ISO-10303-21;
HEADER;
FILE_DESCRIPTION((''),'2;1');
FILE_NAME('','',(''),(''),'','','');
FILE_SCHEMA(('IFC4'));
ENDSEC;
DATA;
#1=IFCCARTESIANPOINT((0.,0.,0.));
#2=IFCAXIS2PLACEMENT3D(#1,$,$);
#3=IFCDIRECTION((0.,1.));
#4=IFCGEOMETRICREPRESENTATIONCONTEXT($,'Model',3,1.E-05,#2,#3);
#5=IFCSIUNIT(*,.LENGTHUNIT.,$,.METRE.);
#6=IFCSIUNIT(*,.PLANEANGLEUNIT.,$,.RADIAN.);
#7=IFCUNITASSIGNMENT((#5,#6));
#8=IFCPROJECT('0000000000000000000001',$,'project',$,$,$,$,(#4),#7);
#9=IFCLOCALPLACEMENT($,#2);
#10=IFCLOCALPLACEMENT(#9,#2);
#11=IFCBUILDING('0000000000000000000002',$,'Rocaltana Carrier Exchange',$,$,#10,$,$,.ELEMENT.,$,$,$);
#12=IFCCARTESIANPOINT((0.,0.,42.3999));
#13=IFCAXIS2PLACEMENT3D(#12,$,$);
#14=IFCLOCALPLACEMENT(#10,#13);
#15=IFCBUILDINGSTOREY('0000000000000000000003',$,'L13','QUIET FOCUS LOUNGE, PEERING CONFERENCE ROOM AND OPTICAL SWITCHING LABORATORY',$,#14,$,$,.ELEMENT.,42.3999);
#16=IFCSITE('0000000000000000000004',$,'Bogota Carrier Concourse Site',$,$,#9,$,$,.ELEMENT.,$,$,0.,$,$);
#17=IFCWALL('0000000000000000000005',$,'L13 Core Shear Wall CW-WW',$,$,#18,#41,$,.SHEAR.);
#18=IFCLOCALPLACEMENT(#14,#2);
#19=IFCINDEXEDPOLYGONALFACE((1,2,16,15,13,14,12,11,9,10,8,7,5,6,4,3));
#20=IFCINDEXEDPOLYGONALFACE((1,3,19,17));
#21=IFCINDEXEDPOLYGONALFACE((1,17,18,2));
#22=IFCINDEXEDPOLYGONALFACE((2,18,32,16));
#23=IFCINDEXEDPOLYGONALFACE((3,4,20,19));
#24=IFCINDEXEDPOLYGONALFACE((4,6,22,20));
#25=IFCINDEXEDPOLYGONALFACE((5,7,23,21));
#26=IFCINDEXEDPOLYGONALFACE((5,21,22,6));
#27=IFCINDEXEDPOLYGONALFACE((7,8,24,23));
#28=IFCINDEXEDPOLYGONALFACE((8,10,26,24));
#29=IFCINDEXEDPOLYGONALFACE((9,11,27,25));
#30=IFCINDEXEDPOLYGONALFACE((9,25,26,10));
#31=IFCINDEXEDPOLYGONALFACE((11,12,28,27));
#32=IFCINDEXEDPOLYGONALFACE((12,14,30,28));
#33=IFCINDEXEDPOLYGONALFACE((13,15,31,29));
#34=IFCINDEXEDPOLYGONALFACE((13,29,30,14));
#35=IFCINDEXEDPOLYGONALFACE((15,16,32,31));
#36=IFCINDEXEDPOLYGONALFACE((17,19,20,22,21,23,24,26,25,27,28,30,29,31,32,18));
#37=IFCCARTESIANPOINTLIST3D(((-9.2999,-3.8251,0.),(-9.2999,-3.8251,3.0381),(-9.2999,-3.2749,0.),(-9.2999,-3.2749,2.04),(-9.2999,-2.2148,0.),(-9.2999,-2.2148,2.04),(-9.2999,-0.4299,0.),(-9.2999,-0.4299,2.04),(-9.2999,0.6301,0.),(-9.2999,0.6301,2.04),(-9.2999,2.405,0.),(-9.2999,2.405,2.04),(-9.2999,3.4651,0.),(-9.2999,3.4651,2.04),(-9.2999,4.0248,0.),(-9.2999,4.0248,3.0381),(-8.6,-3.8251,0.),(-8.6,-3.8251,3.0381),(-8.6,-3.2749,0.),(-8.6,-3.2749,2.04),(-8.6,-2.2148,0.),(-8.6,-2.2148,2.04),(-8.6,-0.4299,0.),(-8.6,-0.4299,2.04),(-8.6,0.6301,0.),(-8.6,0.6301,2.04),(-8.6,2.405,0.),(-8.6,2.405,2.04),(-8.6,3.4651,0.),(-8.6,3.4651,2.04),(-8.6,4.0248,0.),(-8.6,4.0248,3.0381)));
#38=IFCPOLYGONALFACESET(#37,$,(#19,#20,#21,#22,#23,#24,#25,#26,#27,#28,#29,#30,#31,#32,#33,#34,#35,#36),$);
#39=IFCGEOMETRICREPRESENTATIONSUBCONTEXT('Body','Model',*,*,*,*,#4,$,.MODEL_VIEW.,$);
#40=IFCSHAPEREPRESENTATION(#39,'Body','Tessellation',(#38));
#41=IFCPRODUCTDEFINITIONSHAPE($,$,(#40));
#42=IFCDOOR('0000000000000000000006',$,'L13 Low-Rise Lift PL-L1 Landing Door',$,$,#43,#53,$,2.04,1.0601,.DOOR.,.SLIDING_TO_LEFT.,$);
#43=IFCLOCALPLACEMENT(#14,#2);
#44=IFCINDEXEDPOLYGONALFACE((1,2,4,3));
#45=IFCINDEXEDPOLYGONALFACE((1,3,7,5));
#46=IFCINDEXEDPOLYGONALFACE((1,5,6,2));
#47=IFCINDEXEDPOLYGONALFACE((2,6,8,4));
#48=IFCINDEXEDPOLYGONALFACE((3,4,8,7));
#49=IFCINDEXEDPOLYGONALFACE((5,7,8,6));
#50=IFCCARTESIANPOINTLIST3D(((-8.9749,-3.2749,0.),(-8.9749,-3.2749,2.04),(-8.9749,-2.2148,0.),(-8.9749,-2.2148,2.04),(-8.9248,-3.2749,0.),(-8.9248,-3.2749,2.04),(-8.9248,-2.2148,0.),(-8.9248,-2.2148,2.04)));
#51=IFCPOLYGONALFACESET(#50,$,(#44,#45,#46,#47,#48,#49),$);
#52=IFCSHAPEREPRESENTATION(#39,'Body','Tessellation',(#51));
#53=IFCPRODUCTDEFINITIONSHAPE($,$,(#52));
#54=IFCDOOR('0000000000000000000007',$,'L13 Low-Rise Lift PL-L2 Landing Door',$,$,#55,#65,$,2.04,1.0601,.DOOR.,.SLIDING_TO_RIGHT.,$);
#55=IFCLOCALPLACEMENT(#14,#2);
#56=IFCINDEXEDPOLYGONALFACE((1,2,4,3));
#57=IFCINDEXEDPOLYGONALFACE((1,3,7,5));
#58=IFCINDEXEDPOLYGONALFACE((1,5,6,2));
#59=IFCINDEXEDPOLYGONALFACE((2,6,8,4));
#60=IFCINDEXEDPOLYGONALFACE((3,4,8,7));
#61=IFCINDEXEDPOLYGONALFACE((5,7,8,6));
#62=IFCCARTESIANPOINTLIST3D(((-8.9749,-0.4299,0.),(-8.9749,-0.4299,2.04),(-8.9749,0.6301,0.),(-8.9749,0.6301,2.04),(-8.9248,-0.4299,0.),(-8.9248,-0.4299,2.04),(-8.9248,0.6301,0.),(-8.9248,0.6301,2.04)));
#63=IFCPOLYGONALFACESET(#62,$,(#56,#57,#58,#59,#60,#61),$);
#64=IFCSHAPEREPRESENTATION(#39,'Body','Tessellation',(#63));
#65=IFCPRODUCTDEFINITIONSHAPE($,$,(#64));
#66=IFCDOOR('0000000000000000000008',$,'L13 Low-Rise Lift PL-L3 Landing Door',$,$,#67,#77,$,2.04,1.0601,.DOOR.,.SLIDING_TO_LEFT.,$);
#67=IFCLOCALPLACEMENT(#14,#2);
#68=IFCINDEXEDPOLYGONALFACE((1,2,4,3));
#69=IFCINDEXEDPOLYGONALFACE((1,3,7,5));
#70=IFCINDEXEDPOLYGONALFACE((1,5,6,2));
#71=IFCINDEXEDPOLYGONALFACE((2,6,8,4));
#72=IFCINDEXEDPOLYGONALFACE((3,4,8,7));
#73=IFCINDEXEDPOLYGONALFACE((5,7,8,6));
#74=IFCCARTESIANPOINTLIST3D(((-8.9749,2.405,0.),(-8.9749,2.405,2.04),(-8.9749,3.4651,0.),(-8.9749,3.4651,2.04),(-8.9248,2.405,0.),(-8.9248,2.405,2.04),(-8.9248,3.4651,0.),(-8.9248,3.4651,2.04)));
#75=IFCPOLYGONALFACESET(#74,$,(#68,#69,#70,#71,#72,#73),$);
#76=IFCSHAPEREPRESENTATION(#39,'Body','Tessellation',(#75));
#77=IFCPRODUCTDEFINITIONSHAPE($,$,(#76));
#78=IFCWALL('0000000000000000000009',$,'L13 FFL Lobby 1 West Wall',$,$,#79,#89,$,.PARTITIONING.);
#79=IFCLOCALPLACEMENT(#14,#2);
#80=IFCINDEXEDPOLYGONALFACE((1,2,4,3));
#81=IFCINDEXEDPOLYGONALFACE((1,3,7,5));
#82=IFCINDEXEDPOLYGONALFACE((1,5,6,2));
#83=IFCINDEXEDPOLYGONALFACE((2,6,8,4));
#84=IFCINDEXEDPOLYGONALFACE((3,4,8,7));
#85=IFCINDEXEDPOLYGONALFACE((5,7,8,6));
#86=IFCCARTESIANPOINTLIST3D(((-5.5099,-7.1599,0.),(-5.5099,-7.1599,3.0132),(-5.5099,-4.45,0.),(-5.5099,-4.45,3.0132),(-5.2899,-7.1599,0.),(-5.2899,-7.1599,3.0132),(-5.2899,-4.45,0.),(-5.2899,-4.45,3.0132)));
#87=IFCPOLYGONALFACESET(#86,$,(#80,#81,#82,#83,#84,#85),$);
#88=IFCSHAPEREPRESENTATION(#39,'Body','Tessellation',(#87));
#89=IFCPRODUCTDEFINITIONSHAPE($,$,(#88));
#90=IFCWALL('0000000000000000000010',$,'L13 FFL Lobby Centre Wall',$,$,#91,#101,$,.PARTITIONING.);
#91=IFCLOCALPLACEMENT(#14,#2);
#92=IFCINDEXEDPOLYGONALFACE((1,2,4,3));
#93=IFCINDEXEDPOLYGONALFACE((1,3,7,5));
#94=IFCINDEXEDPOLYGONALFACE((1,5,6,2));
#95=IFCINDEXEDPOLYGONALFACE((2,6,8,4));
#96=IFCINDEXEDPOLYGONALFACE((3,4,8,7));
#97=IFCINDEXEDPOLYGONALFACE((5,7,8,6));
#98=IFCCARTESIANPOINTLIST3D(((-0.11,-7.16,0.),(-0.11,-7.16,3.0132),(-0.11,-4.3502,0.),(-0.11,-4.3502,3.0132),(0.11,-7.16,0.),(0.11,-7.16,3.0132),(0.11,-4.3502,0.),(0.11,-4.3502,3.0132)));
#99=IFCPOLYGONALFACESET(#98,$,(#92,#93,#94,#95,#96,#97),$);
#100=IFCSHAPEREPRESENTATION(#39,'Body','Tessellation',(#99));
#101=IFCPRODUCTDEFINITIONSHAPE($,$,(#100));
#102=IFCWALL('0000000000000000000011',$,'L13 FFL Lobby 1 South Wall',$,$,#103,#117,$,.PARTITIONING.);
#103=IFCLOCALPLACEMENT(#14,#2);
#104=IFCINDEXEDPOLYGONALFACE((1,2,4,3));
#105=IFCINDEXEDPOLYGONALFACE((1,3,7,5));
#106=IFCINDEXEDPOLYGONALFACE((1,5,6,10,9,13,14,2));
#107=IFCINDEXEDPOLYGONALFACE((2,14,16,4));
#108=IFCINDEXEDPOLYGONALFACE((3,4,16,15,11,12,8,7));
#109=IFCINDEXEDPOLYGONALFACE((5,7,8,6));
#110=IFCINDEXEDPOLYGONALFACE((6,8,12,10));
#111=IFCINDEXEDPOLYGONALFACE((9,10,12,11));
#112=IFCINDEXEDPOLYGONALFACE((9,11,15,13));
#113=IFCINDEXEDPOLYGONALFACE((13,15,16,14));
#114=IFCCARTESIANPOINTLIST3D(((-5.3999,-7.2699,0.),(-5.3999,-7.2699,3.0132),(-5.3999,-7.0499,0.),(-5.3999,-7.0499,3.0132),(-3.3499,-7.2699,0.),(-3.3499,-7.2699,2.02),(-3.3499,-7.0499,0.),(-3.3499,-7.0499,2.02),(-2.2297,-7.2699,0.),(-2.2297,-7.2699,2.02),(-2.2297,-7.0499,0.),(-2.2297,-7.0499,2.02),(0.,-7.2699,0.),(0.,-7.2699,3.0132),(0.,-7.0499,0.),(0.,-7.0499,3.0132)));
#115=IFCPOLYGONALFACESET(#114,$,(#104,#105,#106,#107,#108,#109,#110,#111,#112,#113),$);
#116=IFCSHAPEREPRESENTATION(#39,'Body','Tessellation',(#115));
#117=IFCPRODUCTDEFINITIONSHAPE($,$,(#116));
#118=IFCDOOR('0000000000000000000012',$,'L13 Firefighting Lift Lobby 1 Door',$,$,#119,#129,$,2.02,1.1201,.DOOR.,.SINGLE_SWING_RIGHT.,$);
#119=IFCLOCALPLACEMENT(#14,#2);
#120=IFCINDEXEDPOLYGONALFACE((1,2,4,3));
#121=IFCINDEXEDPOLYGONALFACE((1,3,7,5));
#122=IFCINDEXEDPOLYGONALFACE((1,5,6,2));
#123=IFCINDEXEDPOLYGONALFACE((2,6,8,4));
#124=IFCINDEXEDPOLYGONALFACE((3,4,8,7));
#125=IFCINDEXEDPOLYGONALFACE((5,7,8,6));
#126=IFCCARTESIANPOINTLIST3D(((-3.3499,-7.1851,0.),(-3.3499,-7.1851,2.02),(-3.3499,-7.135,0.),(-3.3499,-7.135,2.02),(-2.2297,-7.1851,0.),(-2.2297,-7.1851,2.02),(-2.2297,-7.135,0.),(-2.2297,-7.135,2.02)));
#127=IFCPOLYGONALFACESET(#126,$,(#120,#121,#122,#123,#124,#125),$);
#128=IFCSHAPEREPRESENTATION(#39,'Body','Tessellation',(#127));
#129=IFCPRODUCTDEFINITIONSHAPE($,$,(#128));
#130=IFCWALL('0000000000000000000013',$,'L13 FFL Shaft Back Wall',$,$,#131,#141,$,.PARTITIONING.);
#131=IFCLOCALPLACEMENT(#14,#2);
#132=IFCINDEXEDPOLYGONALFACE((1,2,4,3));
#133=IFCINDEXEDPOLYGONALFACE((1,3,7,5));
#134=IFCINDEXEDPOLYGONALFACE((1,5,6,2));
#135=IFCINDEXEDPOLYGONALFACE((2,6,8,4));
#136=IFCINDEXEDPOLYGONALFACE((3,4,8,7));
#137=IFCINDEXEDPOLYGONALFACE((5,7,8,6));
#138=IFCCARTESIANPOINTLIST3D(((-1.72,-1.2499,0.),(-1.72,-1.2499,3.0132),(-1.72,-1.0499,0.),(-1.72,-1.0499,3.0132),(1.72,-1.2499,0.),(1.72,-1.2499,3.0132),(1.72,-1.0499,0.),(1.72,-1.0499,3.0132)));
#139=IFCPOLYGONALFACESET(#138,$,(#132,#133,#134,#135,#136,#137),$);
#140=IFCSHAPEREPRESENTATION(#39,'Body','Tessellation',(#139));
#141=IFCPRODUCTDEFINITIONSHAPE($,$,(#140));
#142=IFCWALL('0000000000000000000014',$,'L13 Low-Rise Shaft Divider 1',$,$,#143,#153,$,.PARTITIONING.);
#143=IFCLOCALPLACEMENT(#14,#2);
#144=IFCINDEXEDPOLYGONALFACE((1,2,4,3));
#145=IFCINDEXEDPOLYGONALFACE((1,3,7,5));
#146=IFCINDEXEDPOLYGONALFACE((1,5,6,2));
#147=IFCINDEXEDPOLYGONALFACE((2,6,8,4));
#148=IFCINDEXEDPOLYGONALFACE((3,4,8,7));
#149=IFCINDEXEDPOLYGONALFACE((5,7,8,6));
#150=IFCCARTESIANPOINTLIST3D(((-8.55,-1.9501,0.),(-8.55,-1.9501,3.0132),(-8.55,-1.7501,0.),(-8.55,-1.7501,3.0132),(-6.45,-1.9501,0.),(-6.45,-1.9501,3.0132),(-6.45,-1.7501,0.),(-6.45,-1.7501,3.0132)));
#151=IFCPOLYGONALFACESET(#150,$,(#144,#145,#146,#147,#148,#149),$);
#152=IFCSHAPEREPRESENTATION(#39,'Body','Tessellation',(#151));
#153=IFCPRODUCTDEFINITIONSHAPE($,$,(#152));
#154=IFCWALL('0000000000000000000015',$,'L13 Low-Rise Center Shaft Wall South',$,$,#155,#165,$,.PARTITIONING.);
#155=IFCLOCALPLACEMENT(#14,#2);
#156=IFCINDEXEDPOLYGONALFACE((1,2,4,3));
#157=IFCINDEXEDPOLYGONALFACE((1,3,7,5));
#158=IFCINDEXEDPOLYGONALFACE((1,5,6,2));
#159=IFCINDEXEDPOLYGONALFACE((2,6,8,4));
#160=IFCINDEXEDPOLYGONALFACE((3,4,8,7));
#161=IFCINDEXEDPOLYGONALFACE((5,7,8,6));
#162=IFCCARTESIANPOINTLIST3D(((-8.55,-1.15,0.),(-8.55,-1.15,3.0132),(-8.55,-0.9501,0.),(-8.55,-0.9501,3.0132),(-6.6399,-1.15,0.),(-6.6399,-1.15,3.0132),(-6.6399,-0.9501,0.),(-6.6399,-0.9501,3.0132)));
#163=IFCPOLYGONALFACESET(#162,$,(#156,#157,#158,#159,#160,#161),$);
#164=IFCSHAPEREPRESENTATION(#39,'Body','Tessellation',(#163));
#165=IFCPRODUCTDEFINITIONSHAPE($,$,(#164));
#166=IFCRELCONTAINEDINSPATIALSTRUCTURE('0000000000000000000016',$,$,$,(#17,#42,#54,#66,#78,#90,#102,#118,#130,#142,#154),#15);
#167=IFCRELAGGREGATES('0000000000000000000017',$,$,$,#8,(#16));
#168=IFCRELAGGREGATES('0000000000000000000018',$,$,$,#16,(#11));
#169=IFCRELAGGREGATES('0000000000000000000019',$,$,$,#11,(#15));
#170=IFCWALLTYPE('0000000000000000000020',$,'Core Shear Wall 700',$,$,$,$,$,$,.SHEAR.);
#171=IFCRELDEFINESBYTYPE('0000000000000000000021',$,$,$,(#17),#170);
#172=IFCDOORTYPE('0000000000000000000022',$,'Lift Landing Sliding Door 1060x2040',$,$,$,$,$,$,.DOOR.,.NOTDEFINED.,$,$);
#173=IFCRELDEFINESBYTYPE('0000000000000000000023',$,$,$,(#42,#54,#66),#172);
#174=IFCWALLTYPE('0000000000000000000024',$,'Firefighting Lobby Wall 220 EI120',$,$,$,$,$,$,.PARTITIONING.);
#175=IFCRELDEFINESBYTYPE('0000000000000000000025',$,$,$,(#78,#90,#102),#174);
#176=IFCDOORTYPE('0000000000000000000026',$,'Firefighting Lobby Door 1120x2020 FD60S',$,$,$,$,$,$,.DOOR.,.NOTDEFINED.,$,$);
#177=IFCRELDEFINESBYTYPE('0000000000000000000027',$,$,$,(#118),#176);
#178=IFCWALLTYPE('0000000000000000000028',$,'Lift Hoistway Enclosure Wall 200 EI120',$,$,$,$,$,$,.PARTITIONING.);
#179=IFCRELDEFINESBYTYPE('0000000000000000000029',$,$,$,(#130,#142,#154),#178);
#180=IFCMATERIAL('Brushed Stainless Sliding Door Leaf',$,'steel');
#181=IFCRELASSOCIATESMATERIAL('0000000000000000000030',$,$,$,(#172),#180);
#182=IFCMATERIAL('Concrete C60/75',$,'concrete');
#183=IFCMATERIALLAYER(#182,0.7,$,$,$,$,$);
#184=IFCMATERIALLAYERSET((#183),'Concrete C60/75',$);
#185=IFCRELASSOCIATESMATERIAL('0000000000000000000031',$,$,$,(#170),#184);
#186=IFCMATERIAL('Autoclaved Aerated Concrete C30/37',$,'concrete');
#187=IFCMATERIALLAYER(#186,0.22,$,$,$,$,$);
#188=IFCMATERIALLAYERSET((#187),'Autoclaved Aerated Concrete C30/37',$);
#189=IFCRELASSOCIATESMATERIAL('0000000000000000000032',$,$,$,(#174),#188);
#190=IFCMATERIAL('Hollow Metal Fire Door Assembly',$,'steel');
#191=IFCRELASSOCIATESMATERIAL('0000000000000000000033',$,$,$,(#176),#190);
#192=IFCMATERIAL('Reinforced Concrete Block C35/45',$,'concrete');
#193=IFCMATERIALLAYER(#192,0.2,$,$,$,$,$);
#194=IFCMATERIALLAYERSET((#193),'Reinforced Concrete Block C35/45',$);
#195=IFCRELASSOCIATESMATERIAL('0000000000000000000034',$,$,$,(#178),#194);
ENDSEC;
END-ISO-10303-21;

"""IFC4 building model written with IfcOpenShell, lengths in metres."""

from ifc_helpers import new_model, si_unit, direction, frame, frame_2d, origin, place, context, subcontext, project, spatial, rectangle, extrude, material, layer, layer_set, type_object, element, fill, save


model = new_model("IFC4")

# Units and contexts
model_context = context("Model", 3, precision=1e-05, world=origin(), true_north=direction((0.0, 1.0)))
body_context = subcontext(model_context, "Body", "Model", "MODEL_VIEW")
ifc_project = project(units=[si_unit("LENGTHUNIT", "METRE"), si_unit("PLANEANGLEUNIT", "RADIAN")], contexts=[model_context])

# Site, building, storey
site_placement = place(None, origin())
site = spatial("IfcSite", under=ifc_project, at=site_placement, Name="Bogota Carrier Concourse Site", CompositionType="ELEMENT", RefElevation=0.0)
building_placement = place(site_placement, origin())
building = spatial("IfcBuilding", under=site, at=building_placement, Name="Rocaltana Carrier Exchange", CompositionType="ELEMENT")
storey_placement = place(building_placement, frame((0.0, 0.0, 42.3999)))
storey = spatial("IfcBuildingStorey", under=building, at=storey_placement, Name="L13", Description="QUIET FOCUS LOUNGE, PEERING CONFERENCE ROOM AND OPTICAL SWITCHING LABORATORY", CompositionType="ELEMENT", Elevation=42.3999)

# Shared definitions
ifc_material_1 = material(Name="Brushed Stainless Sliding Door Leaf", Category="steel")
door_type_1 = type_object("IfcDoorType", Name="Lift Landing Sliding Door 1060x2040", OperationType="NOTDEFINED", PredefinedType="DOOR", material=ifc_material_1)

# Shared definitions
ifc_material_2 = material(Name="Concrete C60/75", Category="concrete")
ifc_layer_1 = layer(ifc_material_2, 0.7)
ifc_layer_set_1 = layer_set([ifc_layer_1], Name="Concrete C60/75")
wall_type_1 = type_object("IfcWallType", Name="Core Shear Wall 700", PredefinedType="SHEAR", material=ifc_layer_set_1)

# Wall, openings, doors
wall_1_placement = place(storey_placement, frame((-8.95, -3.825, 0.0), z_axis=(0.0, 0.0, 1.0), x_axis=(0.0, 1.0, 0.0)))
wall_1 = element("IfcWall", 1, at=wall_1_placement, inside=storey, type_object=wall_type_1, Name="L13 Core Shear Wall CW-WW", PredefinedType="SHEAR", context=body_context, shape_type="SweptSolid", body=[
    extrude(rectangle(XDim=7.8499, YDim=0.7, at=frame_2d((3.9248, 0.0))), origin(), (0.0, 0.0, 1.0), 3.0381),
])
opening_1_placement = place(wall_1_placement, frame((0.55, 0.0, 0.0)))
opening_1 = element("IfcOpeningElement", 2, at=opening_1_placement, cuts=wall_1, PredefinedType="OPENING", context=body_context, shape_type="SweptSolid", body=[
    extrude(rectangle(XDim=1.0601, YDim=2.04, at=frame_2d((0.53, 1.02))), frame((0.0, 0.3599, 0.0), z_axis=(0.0, -1.0, 0.0), x_axis=(1.0, 0.0, 0.0)), (0.0, 0.0, 1.0), 0.72),
])
opening_2_placement = place(wall_1_placement, frame((3.395, 0.0, 0.0)))
opening_2 = element("IfcOpeningElement", 3, at=opening_2_placement, cuts=wall_1, PredefinedType="OPENING", context=body_context, shape_type="SweptSolid", body=[
    extrude(rectangle(XDim=1.0601, YDim=2.04, at=frame_2d((0.53, 1.02))), frame((0.0, 0.3599, 0.0), z_axis=(0.0, -1.0, 0.0), x_axis=(1.0, 0.0, 0.0)), (0.0, 0.0, 1.0), 0.72),
])
opening_3_placement = place(wall_1_placement, frame((6.23, 0.0, 0.0)))
opening_3 = element("IfcOpeningElement", 4, at=opening_3_placement, cuts=wall_1, PredefinedType="OPENING", context=body_context, shape_type="SweptSolid", body=[
    extrude(rectangle(XDim=1.0601, YDim=2.04, at=frame_2d((0.53, 1.02))), frame((0.0, 0.3599, 0.0), z_axis=(0.0, -1.0, 0.0), x_axis=(1.0, 0.0, 0.0)), (0.0, 0.0, 1.0), 0.72),
])
door_1_placement = place(opening_1_placement, origin())
door_1 = element("IfcDoor", 5, at=door_1_placement, inside=storey, type_object=door_type_1, Name="L13 Low-Rise Lift PL-L1 Landing Door", OperationType="SLIDING_TO_LEFT", OverallHeight=2.04, OverallWidth=1.0601, PredefinedType="DOOR", context=body_context, shape_type="SweptSolid", body=[
    extrude(rectangle(XDim=1.0601, YDim=2.04, at=frame_2d((0.53, 1.02))), frame((0.0, 0.0249, 0.0), z_axis=(0.0, -1.0, 0.0), x_axis=(1.0, 0.0, 0.0)), (0.0, 0.0, 1.0), 0.05),
])
fill(opening_1, door_1)
door_2_placement = place(opening_2_placement, origin())
door_2 = element("IfcDoor", 6, at=door_2_placement, inside=storey, type_object=door_type_1, Name="L13 Low-Rise Lift PL-L2 Landing Door", OperationType="SLIDING_TO_RIGHT", OverallHeight=2.04, OverallWidth=1.0601, PredefinedType="DOOR", context=body_context, shape_type="SweptSolid", body=[
    extrude(rectangle(XDim=1.0601, YDim=2.04, at=frame_2d((0.53, 1.02))), frame((0.0, 0.0249, 0.0), z_axis=(0.0, -1.0, 0.0), x_axis=(1.0, 0.0, 0.0)), (0.0, 0.0, 1.0), 0.05),
])
fill(opening_2, door_2)
door_3_placement = place(opening_3_placement, origin())
door_3 = element("IfcDoor", 7, at=door_3_placement, inside=storey, type_object=door_type_1, Name="L13 Low-Rise Lift PL-L3 Landing Door", OperationType="SLIDING_TO_LEFT", OverallHeight=2.04, OverallWidth=1.0601, PredefinedType="DOOR", context=body_context, shape_type="SweptSolid", body=[
    extrude(rectangle(XDim=1.0601, YDim=2.04, at=frame_2d((0.53, 1.02))), frame((0.0, 0.0249, 0.0), z_axis=(0.0, -1.0, 0.0), x_axis=(1.0, 0.0, 0.0)), (0.0, 0.0, 1.0), 0.05),
])
fill(opening_3, door_3)

# Walls
ifc_material_3 = material(Name="Autoclaved Aerated Concrete C30/37", Category="concrete")
ifc_layer_2 = layer(ifc_material_3, 0.22)
ifc_layer_set_2 = layer_set([ifc_layer_2], Name="Autoclaved Aerated Concrete C30/37")
wall_type_2 = type_object("IfcWallType", Name="Firefighting Lobby Wall 220 EI120", PredefinedType="PARTITIONING", material=ifc_layer_set_2)
wall_2_placement = place(storey_placement, frame((-5.3999, -7.1599, 0.0), z_axis=(0.0, 0.0, 1.0), x_axis=(0.0, 1.0, 0.0)))
element("IfcWall", 8, at=wall_2_placement, inside=storey, type_object=wall_type_2, Name="L13 FFL Lobby 1 West Wall", PredefinedType="PARTITIONING", context=body_context, shape_type="SweptSolid", body=[
    extrude(rectangle(XDim=2.71, YDim=0.22, at=frame_2d((1.355, 0.0))), origin(), (0.0, 0.0, 1.0), 3.0132),
])
wall_3_placement = place(storey_placement, frame((0.0, -7.1599, 0.0), z_axis=(0.0, 0.0, 1.0), x_axis=(0.0, 1.0, 0.0)))
element("IfcWall", 9, at=wall_3_placement, inside=storey, type_object=wall_type_2, Name="L13 FFL Lobby Centre Wall", PredefinedType="PARTITIONING", context=body_context, shape_type="SweptSolid", body=[
    extrude(rectangle(XDim=2.8098, YDim=0.22, at=frame_2d((1.4048, 0.0))), origin(), (0.0, 0.0, 1.0), 3.0132),
])

# Wall, opening, door
wall_4_placement = place(storey_placement, frame((-5.3999, -7.1599, 0.0), z_axis=(0.0, 0.0, 1.0), x_axis=(1.0, 0.0, 0.0)))
wall_4 = element("IfcWall", 10, at=wall_4_placement, inside=storey, type_object=wall_type_2, Name="L13 FFL Lobby 1 South Wall", PredefinedType="PARTITIONING", context=body_context, shape_type="SweptSolid", body=[
    extrude(rectangle(XDim=5.3999, YDim=0.22, at=frame_2d((2.7, 0.0))), origin(), (0.0, 0.0, 1.0), 3.0132),
])
opening_4_placement = place(wall_4_placement, frame((2.05, 0.0, 0.0)))
opening_4 = element("IfcOpeningElement", 11, at=opening_4_placement, cuts=wall_4, PredefinedType="OPENING", context=body_context, shape_type="SweptSolid", body=[
    extrude(rectangle(XDim=1.1201, YDim=2.02, at=frame_2d((0.5601, 1.01))), frame((0.0, 0.1199, 0.0), z_axis=(0.0, -1.0, 0.0), x_axis=(1.0, 0.0, 0.0)), (0.0, 0.0, 1.0), 0.24),
])
ifc_material_4 = material(Name="Hollow Metal Fire Door Assembly", Category="steel")
door_type_2 = type_object("IfcDoorType", Name="Firefighting Lobby Door 1120x2020 FD60S", OperationType="NOTDEFINED", PredefinedType="DOOR", material=ifc_material_4)
door_4_placement = place(opening_4_placement, origin())
door_4 = element("IfcDoor", 12, at=door_4_placement, inside=storey, type_object=door_type_2, Name="L13 Firefighting Lift Lobby 1 Door", OperationType="SINGLE_SWING_RIGHT", OverallHeight=2.02, OverallWidth=1.1201, PredefinedType="DOOR", context=body_context, shape_type="SweptSolid", body=[
    extrude(rectangle(XDim=1.1201, YDim=2.02, at=frame_2d((0.5601, 1.01))), frame((0.0, 0.0249, 0.0), z_axis=(0.0, -1.0, 0.0), x_axis=(1.0, 0.0, 0.0)), (0.0, 0.0, 1.0), 0.05),
])
fill(opening_4, door_4)

# Walls
ifc_material_5 = material(Name="Reinforced Concrete Block C35/45", Category="concrete")
ifc_layer_3 = layer(ifc_material_5, 0.2)
ifc_layer_set_3 = layer_set([ifc_layer_3], Name="Reinforced Concrete Block C35/45")
wall_type_3 = type_object("IfcWallType", Name="Lift Hoistway Enclosure Wall 200 EI120", PredefinedType="PARTITIONING", material=ifc_layer_set_3)
wall_5_placement = place(storey_placement, frame((-1.72, -1.1499, 0.0), z_axis=(0.0, 0.0, 1.0), x_axis=(1.0, 0.0, 0.0)))
element("IfcWall", 13, at=wall_5_placement, inside=storey, type_object=wall_type_3, Name="L13 FFL Shaft Back Wall", PredefinedType="PARTITIONING", context=body_context, shape_type="SweptSolid", body=[
    extrude(rectangle(XDim=3.4399, YDim=0.2, at=frame_2d((1.72, 0.0))), origin(), (0.0, 0.0, 1.0), 3.0132),
])
wall_6_placement = place(storey_placement, frame((-8.55, -1.8501, 0.0), z_axis=(0.0, 0.0, 1.0), x_axis=(1.0, 0.0, 0.0)))
element("IfcWall", 14, at=wall_6_placement, inside=storey, type_object=wall_type_3, Name="L13 Low-Rise Shaft Divider 1", PredefinedType="PARTITIONING", context=body_context, shape_type="SweptSolid", body=[
    extrude(rectangle(XDim=2.1001, YDim=0.2, at=frame_2d((1.05, 0.0))), origin(), (0.0, 0.0, 1.0), 3.0132),
])
wall_7_placement = place(storey_placement, frame((-8.55, -1.05, 0.0), z_axis=(0.0, 0.0, 1.0), x_axis=(1.0, 0.0, 0.0)))
element("IfcWall", 15, at=wall_7_placement, inside=storey, type_object=wall_type_3, Name="L13 Low-Rise Center Shaft Wall South", PredefinedType="PARTITIONING", context=body_context, shape_type="SweptSolid", body=[
    extrude(rectangle(XDim=1.9102, YDim=0.2, at=frame_2d((0.9551, 0.0))), origin(), (0.0, 0.0, 1.0), 3.0132),
])

save(model, "model.ifc")
